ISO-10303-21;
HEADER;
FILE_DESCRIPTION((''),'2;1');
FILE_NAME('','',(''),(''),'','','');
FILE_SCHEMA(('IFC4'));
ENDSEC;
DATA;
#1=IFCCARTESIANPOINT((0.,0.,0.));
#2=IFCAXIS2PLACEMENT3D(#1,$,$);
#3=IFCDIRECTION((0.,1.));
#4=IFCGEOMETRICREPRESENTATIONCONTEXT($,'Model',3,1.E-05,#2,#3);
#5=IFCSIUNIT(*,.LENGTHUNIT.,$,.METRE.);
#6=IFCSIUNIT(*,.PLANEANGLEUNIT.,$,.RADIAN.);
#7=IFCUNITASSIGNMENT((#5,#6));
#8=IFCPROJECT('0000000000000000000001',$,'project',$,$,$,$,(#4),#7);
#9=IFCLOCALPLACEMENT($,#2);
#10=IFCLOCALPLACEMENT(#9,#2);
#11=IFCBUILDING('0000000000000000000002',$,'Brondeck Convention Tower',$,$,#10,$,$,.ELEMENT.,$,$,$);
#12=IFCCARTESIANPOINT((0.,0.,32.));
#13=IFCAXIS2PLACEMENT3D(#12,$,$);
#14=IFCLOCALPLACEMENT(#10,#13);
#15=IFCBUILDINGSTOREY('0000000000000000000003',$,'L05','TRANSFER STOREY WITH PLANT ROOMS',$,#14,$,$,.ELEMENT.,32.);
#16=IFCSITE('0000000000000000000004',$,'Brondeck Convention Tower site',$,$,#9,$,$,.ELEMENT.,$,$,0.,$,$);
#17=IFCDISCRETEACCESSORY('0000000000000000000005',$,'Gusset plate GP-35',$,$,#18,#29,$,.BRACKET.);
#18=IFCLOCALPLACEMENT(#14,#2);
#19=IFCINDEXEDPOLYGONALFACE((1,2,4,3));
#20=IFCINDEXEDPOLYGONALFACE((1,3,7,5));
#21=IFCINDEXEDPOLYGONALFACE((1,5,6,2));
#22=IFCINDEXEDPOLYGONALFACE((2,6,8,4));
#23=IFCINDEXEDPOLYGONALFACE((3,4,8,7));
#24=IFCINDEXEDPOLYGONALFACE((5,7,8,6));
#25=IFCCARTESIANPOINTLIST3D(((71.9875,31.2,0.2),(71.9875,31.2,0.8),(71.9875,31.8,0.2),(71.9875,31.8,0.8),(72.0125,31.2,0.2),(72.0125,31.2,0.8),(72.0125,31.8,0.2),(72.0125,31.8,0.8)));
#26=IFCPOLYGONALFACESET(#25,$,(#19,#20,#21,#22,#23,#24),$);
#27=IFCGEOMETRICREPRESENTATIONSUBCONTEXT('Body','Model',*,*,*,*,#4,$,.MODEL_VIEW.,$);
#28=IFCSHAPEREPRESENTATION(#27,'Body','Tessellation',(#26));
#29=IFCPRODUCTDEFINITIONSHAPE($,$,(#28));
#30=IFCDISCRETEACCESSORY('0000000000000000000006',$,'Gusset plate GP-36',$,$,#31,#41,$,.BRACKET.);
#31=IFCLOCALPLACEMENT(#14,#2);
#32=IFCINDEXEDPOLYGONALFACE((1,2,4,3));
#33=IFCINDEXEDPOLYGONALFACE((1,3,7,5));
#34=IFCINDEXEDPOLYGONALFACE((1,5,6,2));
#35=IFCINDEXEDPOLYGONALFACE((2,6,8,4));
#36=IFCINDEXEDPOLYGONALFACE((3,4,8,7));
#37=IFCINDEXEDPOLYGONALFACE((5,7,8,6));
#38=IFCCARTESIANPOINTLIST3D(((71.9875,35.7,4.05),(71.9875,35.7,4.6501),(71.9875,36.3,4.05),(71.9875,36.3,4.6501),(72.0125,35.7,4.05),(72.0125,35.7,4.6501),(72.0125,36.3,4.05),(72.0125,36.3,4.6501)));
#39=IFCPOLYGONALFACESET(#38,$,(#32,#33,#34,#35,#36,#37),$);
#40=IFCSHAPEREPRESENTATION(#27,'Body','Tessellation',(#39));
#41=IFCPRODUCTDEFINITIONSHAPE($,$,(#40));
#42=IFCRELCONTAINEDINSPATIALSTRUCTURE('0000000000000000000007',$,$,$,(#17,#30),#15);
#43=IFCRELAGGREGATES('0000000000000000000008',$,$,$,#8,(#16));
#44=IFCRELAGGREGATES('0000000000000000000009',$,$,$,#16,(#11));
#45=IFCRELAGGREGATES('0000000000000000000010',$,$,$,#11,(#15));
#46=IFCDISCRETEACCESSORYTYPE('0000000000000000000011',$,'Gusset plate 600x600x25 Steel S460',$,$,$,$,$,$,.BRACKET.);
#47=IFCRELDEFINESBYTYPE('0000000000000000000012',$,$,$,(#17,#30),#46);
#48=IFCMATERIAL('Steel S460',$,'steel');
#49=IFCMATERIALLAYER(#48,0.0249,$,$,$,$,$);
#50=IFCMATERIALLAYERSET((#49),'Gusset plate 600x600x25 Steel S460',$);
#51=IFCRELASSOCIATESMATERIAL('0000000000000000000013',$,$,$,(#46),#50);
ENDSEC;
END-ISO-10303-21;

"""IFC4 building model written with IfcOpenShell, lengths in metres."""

from ifc_helpers import new_model, si_unit, direction, frame, origin, origin_2d, place, context, subcontext, project, spatial, rectangle, extrude, material, layer, layer_set, type_object, element, save


model = new_model("IFC4")

# Units and contexts
model_context = context("Model", 3, precision=1e-05, world=origin(), true_north=direction((0.0, 1.0)))
body_context = subcontext(model_context, "Body", "Model", "MODEL_VIEW")
ifc_project = project(units=[si_unit("LENGTHUNIT", "METRE"), si_unit("PLANEANGLEUNIT", "RADIAN")], contexts=[model_context])

# Site, building, storey
site_placement = place(None, origin())
site = spatial("IfcSite", under=ifc_project, at=site_placement, Name="Brondeck Convention Tower site", CompositionType="ELEMENT", RefElevation=0.0)
building_placement = place(site_placement, origin())
building = spatial("IfcBuilding", under=site, at=building_placement, Name="Brondeck Convention Tower", CompositionType="ELEMENT")
storey_placement = place(building_placement, frame((0.0, 0.0, 32.0)))
storey = spatial("IfcBuildingStorey", under=building, at=storey_placement, Name="L05", Description="TRANSFER STOREY WITH PLANT ROOMS", CompositionType="ELEMENT", Elevation=32.0)

# Shared definitions
ifc_material_1 = material(Name="Steel S460", Category="steel")

# Discrete accessories
ifc_layer_1 = layer(ifc_material_1, 0.0249)
ifc_layer_set_1 = layer_set([ifc_layer_1], Name="Gusset plate 600x600x25 Steel S460")
discrete_accessory_type = type_object("IfcDiscreteAccessoryType", Name="Gusset plate 600x600x25 Steel S460", PredefinedType="BRACKET", material=ifc_layer_set_1)
for number, where, z_axis, x_axis, name in (
    (1, (72.0, 31.5, 0.2), (0.0, 0.0, 1.0), (0.0, 1.0, 0.0), "Gusset plate GP-35"),
    (2, (72.0, 36.0, 4.05), (0.0, 0.0, 1.0), (0.0, 1.0, 0.0), "Gusset plate GP-36"),
):
    element("IfcDiscreteAccessory", number, at=place(storey_placement, frame(where, z_axis=z_axis, x_axis=x_axis)), inside=storey, type_object=discrete_accessory_type, Name=name, PredefinedType="BRACKET", context=body_context, shape_type="SweptSolid", body=[
        extrude(rectangle(XDim=0.6001, YDim=0.0249, at=origin_2d()), origin(), (0.0, 0.0, 1.0), 0.6001),
    ])

save(model, "model.ifc")
